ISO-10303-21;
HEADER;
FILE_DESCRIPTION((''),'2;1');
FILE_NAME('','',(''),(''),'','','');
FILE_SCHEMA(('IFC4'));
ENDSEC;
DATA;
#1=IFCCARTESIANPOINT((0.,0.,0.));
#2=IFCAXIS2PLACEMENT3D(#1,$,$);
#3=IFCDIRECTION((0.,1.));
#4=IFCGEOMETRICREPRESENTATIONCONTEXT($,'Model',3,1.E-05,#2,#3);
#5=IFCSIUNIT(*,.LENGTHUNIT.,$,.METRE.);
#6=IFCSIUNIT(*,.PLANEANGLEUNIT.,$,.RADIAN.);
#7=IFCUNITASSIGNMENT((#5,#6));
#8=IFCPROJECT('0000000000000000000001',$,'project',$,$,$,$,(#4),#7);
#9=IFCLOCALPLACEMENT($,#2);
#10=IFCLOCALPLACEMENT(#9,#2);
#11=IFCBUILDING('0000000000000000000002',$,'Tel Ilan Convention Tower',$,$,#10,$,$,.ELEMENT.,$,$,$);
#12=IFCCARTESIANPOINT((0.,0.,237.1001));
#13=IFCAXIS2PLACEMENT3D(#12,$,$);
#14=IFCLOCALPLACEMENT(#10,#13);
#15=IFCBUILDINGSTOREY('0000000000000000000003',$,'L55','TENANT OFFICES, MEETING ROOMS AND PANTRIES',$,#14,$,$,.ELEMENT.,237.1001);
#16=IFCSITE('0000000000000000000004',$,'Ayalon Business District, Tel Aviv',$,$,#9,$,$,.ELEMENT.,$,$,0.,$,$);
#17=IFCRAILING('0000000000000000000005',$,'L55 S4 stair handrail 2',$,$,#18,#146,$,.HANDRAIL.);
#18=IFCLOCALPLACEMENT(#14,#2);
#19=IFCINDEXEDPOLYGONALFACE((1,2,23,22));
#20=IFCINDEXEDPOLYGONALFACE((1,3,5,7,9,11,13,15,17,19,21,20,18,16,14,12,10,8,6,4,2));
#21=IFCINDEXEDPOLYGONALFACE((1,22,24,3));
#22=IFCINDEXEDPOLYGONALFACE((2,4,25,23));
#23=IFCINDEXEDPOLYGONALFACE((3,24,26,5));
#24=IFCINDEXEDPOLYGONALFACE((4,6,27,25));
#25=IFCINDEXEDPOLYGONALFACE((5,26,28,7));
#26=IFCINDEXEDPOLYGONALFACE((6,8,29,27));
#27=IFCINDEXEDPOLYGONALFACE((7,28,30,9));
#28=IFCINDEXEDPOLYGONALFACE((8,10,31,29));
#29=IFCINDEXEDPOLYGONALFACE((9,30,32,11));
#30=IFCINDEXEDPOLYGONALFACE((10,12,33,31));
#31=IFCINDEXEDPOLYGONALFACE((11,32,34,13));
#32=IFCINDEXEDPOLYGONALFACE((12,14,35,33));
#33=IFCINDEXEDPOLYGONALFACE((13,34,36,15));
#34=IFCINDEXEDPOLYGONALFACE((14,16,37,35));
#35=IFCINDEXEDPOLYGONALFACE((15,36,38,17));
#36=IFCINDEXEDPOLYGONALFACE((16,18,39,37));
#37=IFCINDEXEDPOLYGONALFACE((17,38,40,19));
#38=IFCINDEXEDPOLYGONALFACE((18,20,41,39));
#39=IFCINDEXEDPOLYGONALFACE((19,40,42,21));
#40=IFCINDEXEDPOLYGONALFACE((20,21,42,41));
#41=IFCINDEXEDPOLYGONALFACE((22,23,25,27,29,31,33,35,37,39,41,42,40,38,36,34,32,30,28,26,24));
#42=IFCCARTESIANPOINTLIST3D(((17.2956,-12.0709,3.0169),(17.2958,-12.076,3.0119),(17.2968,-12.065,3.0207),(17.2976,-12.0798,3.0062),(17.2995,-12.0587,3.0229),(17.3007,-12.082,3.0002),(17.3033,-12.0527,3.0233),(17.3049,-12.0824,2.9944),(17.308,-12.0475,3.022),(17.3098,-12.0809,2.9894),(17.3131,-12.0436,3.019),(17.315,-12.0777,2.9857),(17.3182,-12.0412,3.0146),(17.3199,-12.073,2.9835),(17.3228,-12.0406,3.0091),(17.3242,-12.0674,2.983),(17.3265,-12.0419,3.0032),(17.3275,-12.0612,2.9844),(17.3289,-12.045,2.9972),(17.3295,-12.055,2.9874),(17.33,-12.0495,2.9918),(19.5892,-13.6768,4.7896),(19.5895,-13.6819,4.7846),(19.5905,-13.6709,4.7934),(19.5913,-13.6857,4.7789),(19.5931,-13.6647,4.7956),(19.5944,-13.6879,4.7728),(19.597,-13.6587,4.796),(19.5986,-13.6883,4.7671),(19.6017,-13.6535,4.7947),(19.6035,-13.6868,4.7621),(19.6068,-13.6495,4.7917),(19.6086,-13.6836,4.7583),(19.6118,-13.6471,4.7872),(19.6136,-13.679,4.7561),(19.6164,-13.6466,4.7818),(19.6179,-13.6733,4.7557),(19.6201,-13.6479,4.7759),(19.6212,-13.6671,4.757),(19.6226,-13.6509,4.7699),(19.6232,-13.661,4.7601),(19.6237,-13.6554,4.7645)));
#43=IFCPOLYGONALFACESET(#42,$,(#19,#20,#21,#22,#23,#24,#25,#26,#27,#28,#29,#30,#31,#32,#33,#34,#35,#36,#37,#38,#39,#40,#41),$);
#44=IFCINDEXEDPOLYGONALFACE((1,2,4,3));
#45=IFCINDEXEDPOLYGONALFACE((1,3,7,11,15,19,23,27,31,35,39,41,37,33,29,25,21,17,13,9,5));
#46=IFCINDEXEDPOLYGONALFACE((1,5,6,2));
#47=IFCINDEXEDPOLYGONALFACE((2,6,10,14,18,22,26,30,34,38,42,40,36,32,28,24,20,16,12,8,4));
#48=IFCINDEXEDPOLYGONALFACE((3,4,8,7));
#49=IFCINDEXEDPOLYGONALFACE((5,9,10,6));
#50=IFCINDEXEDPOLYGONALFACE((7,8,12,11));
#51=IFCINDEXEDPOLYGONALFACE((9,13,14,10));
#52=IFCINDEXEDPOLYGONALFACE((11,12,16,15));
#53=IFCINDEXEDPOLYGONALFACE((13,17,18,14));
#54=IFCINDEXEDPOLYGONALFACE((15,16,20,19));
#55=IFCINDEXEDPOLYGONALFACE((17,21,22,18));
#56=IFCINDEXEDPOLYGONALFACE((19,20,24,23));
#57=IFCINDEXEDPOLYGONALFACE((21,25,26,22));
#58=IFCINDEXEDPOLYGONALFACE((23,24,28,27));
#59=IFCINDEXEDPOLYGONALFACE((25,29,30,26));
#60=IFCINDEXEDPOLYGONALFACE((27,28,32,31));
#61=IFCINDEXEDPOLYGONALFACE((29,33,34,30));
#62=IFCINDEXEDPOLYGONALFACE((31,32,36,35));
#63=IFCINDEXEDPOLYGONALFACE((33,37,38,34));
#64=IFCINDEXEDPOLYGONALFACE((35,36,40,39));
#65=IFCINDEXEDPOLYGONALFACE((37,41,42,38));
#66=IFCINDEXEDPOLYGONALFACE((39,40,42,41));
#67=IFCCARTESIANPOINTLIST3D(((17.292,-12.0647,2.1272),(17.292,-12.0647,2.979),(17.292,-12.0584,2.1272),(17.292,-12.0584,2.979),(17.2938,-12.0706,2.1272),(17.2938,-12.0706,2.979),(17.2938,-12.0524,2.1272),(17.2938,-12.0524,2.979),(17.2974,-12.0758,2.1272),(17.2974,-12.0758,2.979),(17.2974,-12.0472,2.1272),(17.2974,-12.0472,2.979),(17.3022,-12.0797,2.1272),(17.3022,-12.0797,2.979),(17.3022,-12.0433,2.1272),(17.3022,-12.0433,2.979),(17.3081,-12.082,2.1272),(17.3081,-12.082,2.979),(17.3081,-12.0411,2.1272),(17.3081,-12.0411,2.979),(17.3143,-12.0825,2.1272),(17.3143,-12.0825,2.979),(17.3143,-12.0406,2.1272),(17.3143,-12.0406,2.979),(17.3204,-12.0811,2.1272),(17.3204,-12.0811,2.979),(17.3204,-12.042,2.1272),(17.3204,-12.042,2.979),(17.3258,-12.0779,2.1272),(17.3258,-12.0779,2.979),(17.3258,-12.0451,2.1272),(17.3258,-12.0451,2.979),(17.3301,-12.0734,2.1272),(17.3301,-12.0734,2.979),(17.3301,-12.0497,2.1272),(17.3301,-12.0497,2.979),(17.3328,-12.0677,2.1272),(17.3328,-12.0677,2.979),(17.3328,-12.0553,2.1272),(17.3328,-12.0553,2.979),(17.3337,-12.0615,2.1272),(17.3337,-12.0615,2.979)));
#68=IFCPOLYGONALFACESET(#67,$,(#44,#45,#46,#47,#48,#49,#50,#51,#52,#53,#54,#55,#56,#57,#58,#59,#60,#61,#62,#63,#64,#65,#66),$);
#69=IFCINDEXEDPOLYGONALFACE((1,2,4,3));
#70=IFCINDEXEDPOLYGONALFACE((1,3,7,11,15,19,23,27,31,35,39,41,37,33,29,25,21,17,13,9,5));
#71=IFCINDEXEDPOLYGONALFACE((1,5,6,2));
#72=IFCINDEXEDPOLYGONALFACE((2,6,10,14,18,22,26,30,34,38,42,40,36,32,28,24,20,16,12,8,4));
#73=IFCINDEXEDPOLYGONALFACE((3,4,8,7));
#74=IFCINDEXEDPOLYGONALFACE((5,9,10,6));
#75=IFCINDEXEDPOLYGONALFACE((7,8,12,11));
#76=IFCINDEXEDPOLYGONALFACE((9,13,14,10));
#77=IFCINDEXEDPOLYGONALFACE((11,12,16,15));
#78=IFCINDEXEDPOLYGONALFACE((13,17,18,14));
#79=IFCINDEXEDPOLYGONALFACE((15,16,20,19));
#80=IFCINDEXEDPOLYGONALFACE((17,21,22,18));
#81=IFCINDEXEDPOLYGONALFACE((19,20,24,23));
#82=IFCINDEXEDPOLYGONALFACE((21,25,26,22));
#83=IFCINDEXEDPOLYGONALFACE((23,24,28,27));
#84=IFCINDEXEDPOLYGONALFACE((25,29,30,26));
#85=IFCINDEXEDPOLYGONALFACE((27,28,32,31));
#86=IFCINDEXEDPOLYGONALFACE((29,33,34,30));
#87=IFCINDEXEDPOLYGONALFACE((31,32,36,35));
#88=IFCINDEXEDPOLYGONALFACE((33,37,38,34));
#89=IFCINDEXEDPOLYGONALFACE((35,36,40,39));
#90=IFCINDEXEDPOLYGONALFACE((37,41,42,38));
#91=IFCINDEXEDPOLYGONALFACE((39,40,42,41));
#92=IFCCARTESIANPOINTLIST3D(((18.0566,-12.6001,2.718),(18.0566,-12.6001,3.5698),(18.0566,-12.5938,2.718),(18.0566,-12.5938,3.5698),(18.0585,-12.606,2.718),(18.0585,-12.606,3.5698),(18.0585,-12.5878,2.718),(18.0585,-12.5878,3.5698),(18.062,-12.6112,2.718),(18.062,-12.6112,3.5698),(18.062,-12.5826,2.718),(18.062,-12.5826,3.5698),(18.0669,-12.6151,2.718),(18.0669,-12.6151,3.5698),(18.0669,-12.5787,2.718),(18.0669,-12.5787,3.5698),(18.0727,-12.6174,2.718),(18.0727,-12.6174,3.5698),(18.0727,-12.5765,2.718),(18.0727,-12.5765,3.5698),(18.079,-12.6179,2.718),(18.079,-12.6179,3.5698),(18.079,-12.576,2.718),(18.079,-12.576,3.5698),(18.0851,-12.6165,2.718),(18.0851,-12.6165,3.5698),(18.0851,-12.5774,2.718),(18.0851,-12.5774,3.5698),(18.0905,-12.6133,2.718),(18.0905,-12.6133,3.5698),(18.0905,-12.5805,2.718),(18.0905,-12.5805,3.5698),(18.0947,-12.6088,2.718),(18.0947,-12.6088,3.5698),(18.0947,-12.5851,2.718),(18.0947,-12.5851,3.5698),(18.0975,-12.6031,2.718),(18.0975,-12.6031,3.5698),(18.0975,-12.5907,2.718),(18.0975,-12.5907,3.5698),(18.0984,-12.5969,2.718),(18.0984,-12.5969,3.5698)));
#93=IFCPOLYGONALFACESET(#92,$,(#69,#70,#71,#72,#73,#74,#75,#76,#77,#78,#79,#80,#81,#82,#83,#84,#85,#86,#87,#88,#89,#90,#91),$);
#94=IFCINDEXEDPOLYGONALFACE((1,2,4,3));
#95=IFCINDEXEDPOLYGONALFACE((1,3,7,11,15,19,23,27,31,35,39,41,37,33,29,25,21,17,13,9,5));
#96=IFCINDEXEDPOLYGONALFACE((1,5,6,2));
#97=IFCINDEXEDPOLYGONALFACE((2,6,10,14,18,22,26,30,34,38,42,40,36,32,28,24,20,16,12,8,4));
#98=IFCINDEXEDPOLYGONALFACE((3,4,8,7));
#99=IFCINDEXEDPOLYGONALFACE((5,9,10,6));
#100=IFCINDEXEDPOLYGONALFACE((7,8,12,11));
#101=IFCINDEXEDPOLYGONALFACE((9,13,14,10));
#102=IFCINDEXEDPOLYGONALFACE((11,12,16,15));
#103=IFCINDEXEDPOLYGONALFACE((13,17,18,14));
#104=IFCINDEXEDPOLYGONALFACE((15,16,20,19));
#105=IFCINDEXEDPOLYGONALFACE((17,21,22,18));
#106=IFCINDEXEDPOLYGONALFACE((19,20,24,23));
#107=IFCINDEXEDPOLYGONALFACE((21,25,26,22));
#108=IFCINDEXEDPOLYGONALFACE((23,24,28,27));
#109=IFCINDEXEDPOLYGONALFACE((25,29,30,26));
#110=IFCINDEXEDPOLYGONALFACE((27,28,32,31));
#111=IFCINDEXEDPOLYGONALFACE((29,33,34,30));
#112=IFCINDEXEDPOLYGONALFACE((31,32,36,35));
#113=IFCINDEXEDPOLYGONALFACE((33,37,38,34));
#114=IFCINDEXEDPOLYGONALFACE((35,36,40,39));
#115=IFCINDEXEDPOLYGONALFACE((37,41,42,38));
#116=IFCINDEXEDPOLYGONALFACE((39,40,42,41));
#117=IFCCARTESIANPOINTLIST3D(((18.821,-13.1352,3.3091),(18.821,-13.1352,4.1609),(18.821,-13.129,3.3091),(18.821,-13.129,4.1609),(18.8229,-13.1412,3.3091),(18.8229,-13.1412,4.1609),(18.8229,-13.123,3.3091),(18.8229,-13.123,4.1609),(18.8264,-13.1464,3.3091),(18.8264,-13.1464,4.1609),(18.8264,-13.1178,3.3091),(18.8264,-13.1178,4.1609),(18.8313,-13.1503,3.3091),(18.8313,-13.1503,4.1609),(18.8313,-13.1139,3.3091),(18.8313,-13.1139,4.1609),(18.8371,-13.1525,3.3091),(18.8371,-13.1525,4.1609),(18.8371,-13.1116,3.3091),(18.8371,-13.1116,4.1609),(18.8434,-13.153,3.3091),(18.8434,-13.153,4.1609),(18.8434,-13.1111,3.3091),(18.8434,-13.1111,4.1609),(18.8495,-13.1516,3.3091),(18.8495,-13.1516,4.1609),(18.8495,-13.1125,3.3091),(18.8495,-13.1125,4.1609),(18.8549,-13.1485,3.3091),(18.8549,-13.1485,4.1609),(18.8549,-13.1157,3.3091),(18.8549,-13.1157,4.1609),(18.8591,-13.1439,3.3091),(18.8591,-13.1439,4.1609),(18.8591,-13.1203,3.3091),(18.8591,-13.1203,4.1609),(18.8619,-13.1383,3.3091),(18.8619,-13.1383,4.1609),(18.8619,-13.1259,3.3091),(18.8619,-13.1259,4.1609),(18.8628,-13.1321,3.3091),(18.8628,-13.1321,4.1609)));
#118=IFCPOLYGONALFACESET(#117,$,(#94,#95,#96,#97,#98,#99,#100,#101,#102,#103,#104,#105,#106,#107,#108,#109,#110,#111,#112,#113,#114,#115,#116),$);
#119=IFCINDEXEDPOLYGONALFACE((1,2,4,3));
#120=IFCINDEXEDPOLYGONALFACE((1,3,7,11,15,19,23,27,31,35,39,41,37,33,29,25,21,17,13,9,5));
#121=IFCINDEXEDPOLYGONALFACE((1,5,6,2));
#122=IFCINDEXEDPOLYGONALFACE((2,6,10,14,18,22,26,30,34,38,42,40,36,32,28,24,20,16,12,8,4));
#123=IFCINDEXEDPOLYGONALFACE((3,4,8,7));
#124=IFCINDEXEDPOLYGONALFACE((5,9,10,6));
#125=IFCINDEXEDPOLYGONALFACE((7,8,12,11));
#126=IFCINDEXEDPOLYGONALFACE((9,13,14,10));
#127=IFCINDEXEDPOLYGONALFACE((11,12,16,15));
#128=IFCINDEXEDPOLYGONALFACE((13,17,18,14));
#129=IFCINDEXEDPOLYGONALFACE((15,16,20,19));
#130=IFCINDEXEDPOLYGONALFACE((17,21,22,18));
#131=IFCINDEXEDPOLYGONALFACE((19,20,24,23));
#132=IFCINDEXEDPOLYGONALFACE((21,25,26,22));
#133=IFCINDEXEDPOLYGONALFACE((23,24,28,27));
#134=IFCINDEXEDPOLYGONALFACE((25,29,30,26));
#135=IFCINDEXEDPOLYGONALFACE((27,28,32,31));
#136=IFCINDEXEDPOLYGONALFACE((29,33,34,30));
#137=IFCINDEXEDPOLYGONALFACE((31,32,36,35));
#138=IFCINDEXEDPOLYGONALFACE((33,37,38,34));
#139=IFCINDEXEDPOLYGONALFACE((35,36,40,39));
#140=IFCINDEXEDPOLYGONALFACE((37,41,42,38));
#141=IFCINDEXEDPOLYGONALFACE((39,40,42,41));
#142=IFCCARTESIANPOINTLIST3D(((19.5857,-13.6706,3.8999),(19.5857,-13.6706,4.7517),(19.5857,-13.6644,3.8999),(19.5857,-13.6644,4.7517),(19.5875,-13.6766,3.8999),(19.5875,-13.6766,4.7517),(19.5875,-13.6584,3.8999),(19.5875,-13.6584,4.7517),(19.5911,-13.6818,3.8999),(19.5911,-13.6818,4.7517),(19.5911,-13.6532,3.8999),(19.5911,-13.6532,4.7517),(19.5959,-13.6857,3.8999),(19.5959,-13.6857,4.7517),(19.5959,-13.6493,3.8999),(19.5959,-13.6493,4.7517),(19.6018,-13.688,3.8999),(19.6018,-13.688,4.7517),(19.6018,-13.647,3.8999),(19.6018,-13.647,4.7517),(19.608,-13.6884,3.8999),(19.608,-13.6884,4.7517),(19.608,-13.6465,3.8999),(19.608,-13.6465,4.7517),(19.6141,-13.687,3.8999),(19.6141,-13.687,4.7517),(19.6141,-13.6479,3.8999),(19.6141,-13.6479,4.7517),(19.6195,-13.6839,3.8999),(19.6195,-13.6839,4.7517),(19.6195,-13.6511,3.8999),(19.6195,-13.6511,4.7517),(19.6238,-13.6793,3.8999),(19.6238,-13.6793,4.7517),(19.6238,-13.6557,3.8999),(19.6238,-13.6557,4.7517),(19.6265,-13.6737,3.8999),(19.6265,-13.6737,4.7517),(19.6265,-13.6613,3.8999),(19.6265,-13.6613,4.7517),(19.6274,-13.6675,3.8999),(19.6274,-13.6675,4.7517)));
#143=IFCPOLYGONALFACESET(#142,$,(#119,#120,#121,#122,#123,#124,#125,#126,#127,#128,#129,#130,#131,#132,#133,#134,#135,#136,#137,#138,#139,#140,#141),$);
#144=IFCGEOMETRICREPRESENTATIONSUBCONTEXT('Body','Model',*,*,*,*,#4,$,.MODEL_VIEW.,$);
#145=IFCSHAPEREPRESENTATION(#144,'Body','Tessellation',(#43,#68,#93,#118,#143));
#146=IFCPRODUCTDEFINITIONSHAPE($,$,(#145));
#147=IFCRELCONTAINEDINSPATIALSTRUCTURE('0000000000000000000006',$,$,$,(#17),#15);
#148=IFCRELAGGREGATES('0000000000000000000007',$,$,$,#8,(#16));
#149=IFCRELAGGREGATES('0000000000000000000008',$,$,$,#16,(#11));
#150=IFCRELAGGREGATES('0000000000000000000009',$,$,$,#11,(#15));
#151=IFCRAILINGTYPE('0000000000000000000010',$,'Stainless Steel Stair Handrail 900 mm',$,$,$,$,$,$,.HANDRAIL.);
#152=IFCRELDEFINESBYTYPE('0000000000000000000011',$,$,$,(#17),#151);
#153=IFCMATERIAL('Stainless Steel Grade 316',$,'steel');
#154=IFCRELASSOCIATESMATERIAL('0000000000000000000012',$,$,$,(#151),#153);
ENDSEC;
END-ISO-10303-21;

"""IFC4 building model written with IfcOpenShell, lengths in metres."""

from ifc_helpers import new_model, si_unit, direction, frame, origin, origin_2d, place, context, subcontext, project, spatial, circle, extrude, material, type_object, element, save


model = new_model("IFC4")

# Units and contexts
model_context = context("Model", 3, precision=1e-05, world=origin(), true_north=direction((0.0, 1.0)))
body_context = subcontext(model_context, "Body", "Model", "MODEL_VIEW")
ifc_project = project(units=[si_unit("LENGTHUNIT", "METRE"), si_unit("PLANEANGLEUNIT", "RADIAN")], contexts=[model_context])

# Site, building, storey
site_placement = place(None, origin())
site = spatial("IfcSite", under=ifc_project, at=site_placement, Name="Ayalon Business District, Tel Aviv", CompositionType="ELEMENT", RefElevation=0.0)
building_placement = place(site_placement, origin())
building = spatial("IfcBuilding", under=site, at=building_placement, Name="Tel Ilan Convention Tower", CompositionType="ELEMENT")
storey_placement = place(building_placement, frame((0.0, 0.0, 237.1001)))
storey = spatial("IfcBuildingStorey", under=building, at=storey_placement, Name="L55", Description="TENANT OFFICES, MEETING ROOMS AND PANTRIES", CompositionType="ELEMENT", Elevation=237.1001)

# Railing
ifc_material_1 = material(Name="Stainless Steel Grade 316", Category="steel")
railing_type = type_object("IfcRailingType", Name="Stainless Steel Stair Handrail 900 mm", PredefinedType="HANDRAIL", material=ifc_material_1)
railing_placement = place(storey_placement, frame((17.3127, -12.0615, 2.1272)))
element("IfcRailing", 1, at=railing_placement, inside=storey, type_object=railing_type, Name="L55 S4 stair handrail 2", PredefinedType="HANDRAIL", context=body_context, shape_type="SweptSolid", body=[
    extrude(circle(Radius=0.0239, at=origin_2d()), frame((0.0, 0.0, 0.876), z_axis=(0.692123, -0.484597, 0.534913), x_axis=(0.57355, 0.81917, 0.0)), (0.0, 0.0, 1.0), 3.314),
    extrude(circle(Radius=0.021, at=origin_2d()), origin(), (0.0, 0.0, 1.0), 0.8518),
    extrude(circle(Radius=0.021, at=origin_2d()), frame((0.7646, -0.5354, 0.5908)), (0.0, 0.0, 1.0), 0.8518),
    extrude(circle(Radius=0.021, at=origin_2d()), frame((1.5291, -1.0706, 1.1819)), (0.0, 0.0, 1.0), 0.8518),
    extrude(circle(Radius=0.021, at=origin_2d()), frame((2.2937, -1.606, 1.7727)), (0.0, 0.0, 1.0), 0.8518),
])

save(model, "model.ifc")
